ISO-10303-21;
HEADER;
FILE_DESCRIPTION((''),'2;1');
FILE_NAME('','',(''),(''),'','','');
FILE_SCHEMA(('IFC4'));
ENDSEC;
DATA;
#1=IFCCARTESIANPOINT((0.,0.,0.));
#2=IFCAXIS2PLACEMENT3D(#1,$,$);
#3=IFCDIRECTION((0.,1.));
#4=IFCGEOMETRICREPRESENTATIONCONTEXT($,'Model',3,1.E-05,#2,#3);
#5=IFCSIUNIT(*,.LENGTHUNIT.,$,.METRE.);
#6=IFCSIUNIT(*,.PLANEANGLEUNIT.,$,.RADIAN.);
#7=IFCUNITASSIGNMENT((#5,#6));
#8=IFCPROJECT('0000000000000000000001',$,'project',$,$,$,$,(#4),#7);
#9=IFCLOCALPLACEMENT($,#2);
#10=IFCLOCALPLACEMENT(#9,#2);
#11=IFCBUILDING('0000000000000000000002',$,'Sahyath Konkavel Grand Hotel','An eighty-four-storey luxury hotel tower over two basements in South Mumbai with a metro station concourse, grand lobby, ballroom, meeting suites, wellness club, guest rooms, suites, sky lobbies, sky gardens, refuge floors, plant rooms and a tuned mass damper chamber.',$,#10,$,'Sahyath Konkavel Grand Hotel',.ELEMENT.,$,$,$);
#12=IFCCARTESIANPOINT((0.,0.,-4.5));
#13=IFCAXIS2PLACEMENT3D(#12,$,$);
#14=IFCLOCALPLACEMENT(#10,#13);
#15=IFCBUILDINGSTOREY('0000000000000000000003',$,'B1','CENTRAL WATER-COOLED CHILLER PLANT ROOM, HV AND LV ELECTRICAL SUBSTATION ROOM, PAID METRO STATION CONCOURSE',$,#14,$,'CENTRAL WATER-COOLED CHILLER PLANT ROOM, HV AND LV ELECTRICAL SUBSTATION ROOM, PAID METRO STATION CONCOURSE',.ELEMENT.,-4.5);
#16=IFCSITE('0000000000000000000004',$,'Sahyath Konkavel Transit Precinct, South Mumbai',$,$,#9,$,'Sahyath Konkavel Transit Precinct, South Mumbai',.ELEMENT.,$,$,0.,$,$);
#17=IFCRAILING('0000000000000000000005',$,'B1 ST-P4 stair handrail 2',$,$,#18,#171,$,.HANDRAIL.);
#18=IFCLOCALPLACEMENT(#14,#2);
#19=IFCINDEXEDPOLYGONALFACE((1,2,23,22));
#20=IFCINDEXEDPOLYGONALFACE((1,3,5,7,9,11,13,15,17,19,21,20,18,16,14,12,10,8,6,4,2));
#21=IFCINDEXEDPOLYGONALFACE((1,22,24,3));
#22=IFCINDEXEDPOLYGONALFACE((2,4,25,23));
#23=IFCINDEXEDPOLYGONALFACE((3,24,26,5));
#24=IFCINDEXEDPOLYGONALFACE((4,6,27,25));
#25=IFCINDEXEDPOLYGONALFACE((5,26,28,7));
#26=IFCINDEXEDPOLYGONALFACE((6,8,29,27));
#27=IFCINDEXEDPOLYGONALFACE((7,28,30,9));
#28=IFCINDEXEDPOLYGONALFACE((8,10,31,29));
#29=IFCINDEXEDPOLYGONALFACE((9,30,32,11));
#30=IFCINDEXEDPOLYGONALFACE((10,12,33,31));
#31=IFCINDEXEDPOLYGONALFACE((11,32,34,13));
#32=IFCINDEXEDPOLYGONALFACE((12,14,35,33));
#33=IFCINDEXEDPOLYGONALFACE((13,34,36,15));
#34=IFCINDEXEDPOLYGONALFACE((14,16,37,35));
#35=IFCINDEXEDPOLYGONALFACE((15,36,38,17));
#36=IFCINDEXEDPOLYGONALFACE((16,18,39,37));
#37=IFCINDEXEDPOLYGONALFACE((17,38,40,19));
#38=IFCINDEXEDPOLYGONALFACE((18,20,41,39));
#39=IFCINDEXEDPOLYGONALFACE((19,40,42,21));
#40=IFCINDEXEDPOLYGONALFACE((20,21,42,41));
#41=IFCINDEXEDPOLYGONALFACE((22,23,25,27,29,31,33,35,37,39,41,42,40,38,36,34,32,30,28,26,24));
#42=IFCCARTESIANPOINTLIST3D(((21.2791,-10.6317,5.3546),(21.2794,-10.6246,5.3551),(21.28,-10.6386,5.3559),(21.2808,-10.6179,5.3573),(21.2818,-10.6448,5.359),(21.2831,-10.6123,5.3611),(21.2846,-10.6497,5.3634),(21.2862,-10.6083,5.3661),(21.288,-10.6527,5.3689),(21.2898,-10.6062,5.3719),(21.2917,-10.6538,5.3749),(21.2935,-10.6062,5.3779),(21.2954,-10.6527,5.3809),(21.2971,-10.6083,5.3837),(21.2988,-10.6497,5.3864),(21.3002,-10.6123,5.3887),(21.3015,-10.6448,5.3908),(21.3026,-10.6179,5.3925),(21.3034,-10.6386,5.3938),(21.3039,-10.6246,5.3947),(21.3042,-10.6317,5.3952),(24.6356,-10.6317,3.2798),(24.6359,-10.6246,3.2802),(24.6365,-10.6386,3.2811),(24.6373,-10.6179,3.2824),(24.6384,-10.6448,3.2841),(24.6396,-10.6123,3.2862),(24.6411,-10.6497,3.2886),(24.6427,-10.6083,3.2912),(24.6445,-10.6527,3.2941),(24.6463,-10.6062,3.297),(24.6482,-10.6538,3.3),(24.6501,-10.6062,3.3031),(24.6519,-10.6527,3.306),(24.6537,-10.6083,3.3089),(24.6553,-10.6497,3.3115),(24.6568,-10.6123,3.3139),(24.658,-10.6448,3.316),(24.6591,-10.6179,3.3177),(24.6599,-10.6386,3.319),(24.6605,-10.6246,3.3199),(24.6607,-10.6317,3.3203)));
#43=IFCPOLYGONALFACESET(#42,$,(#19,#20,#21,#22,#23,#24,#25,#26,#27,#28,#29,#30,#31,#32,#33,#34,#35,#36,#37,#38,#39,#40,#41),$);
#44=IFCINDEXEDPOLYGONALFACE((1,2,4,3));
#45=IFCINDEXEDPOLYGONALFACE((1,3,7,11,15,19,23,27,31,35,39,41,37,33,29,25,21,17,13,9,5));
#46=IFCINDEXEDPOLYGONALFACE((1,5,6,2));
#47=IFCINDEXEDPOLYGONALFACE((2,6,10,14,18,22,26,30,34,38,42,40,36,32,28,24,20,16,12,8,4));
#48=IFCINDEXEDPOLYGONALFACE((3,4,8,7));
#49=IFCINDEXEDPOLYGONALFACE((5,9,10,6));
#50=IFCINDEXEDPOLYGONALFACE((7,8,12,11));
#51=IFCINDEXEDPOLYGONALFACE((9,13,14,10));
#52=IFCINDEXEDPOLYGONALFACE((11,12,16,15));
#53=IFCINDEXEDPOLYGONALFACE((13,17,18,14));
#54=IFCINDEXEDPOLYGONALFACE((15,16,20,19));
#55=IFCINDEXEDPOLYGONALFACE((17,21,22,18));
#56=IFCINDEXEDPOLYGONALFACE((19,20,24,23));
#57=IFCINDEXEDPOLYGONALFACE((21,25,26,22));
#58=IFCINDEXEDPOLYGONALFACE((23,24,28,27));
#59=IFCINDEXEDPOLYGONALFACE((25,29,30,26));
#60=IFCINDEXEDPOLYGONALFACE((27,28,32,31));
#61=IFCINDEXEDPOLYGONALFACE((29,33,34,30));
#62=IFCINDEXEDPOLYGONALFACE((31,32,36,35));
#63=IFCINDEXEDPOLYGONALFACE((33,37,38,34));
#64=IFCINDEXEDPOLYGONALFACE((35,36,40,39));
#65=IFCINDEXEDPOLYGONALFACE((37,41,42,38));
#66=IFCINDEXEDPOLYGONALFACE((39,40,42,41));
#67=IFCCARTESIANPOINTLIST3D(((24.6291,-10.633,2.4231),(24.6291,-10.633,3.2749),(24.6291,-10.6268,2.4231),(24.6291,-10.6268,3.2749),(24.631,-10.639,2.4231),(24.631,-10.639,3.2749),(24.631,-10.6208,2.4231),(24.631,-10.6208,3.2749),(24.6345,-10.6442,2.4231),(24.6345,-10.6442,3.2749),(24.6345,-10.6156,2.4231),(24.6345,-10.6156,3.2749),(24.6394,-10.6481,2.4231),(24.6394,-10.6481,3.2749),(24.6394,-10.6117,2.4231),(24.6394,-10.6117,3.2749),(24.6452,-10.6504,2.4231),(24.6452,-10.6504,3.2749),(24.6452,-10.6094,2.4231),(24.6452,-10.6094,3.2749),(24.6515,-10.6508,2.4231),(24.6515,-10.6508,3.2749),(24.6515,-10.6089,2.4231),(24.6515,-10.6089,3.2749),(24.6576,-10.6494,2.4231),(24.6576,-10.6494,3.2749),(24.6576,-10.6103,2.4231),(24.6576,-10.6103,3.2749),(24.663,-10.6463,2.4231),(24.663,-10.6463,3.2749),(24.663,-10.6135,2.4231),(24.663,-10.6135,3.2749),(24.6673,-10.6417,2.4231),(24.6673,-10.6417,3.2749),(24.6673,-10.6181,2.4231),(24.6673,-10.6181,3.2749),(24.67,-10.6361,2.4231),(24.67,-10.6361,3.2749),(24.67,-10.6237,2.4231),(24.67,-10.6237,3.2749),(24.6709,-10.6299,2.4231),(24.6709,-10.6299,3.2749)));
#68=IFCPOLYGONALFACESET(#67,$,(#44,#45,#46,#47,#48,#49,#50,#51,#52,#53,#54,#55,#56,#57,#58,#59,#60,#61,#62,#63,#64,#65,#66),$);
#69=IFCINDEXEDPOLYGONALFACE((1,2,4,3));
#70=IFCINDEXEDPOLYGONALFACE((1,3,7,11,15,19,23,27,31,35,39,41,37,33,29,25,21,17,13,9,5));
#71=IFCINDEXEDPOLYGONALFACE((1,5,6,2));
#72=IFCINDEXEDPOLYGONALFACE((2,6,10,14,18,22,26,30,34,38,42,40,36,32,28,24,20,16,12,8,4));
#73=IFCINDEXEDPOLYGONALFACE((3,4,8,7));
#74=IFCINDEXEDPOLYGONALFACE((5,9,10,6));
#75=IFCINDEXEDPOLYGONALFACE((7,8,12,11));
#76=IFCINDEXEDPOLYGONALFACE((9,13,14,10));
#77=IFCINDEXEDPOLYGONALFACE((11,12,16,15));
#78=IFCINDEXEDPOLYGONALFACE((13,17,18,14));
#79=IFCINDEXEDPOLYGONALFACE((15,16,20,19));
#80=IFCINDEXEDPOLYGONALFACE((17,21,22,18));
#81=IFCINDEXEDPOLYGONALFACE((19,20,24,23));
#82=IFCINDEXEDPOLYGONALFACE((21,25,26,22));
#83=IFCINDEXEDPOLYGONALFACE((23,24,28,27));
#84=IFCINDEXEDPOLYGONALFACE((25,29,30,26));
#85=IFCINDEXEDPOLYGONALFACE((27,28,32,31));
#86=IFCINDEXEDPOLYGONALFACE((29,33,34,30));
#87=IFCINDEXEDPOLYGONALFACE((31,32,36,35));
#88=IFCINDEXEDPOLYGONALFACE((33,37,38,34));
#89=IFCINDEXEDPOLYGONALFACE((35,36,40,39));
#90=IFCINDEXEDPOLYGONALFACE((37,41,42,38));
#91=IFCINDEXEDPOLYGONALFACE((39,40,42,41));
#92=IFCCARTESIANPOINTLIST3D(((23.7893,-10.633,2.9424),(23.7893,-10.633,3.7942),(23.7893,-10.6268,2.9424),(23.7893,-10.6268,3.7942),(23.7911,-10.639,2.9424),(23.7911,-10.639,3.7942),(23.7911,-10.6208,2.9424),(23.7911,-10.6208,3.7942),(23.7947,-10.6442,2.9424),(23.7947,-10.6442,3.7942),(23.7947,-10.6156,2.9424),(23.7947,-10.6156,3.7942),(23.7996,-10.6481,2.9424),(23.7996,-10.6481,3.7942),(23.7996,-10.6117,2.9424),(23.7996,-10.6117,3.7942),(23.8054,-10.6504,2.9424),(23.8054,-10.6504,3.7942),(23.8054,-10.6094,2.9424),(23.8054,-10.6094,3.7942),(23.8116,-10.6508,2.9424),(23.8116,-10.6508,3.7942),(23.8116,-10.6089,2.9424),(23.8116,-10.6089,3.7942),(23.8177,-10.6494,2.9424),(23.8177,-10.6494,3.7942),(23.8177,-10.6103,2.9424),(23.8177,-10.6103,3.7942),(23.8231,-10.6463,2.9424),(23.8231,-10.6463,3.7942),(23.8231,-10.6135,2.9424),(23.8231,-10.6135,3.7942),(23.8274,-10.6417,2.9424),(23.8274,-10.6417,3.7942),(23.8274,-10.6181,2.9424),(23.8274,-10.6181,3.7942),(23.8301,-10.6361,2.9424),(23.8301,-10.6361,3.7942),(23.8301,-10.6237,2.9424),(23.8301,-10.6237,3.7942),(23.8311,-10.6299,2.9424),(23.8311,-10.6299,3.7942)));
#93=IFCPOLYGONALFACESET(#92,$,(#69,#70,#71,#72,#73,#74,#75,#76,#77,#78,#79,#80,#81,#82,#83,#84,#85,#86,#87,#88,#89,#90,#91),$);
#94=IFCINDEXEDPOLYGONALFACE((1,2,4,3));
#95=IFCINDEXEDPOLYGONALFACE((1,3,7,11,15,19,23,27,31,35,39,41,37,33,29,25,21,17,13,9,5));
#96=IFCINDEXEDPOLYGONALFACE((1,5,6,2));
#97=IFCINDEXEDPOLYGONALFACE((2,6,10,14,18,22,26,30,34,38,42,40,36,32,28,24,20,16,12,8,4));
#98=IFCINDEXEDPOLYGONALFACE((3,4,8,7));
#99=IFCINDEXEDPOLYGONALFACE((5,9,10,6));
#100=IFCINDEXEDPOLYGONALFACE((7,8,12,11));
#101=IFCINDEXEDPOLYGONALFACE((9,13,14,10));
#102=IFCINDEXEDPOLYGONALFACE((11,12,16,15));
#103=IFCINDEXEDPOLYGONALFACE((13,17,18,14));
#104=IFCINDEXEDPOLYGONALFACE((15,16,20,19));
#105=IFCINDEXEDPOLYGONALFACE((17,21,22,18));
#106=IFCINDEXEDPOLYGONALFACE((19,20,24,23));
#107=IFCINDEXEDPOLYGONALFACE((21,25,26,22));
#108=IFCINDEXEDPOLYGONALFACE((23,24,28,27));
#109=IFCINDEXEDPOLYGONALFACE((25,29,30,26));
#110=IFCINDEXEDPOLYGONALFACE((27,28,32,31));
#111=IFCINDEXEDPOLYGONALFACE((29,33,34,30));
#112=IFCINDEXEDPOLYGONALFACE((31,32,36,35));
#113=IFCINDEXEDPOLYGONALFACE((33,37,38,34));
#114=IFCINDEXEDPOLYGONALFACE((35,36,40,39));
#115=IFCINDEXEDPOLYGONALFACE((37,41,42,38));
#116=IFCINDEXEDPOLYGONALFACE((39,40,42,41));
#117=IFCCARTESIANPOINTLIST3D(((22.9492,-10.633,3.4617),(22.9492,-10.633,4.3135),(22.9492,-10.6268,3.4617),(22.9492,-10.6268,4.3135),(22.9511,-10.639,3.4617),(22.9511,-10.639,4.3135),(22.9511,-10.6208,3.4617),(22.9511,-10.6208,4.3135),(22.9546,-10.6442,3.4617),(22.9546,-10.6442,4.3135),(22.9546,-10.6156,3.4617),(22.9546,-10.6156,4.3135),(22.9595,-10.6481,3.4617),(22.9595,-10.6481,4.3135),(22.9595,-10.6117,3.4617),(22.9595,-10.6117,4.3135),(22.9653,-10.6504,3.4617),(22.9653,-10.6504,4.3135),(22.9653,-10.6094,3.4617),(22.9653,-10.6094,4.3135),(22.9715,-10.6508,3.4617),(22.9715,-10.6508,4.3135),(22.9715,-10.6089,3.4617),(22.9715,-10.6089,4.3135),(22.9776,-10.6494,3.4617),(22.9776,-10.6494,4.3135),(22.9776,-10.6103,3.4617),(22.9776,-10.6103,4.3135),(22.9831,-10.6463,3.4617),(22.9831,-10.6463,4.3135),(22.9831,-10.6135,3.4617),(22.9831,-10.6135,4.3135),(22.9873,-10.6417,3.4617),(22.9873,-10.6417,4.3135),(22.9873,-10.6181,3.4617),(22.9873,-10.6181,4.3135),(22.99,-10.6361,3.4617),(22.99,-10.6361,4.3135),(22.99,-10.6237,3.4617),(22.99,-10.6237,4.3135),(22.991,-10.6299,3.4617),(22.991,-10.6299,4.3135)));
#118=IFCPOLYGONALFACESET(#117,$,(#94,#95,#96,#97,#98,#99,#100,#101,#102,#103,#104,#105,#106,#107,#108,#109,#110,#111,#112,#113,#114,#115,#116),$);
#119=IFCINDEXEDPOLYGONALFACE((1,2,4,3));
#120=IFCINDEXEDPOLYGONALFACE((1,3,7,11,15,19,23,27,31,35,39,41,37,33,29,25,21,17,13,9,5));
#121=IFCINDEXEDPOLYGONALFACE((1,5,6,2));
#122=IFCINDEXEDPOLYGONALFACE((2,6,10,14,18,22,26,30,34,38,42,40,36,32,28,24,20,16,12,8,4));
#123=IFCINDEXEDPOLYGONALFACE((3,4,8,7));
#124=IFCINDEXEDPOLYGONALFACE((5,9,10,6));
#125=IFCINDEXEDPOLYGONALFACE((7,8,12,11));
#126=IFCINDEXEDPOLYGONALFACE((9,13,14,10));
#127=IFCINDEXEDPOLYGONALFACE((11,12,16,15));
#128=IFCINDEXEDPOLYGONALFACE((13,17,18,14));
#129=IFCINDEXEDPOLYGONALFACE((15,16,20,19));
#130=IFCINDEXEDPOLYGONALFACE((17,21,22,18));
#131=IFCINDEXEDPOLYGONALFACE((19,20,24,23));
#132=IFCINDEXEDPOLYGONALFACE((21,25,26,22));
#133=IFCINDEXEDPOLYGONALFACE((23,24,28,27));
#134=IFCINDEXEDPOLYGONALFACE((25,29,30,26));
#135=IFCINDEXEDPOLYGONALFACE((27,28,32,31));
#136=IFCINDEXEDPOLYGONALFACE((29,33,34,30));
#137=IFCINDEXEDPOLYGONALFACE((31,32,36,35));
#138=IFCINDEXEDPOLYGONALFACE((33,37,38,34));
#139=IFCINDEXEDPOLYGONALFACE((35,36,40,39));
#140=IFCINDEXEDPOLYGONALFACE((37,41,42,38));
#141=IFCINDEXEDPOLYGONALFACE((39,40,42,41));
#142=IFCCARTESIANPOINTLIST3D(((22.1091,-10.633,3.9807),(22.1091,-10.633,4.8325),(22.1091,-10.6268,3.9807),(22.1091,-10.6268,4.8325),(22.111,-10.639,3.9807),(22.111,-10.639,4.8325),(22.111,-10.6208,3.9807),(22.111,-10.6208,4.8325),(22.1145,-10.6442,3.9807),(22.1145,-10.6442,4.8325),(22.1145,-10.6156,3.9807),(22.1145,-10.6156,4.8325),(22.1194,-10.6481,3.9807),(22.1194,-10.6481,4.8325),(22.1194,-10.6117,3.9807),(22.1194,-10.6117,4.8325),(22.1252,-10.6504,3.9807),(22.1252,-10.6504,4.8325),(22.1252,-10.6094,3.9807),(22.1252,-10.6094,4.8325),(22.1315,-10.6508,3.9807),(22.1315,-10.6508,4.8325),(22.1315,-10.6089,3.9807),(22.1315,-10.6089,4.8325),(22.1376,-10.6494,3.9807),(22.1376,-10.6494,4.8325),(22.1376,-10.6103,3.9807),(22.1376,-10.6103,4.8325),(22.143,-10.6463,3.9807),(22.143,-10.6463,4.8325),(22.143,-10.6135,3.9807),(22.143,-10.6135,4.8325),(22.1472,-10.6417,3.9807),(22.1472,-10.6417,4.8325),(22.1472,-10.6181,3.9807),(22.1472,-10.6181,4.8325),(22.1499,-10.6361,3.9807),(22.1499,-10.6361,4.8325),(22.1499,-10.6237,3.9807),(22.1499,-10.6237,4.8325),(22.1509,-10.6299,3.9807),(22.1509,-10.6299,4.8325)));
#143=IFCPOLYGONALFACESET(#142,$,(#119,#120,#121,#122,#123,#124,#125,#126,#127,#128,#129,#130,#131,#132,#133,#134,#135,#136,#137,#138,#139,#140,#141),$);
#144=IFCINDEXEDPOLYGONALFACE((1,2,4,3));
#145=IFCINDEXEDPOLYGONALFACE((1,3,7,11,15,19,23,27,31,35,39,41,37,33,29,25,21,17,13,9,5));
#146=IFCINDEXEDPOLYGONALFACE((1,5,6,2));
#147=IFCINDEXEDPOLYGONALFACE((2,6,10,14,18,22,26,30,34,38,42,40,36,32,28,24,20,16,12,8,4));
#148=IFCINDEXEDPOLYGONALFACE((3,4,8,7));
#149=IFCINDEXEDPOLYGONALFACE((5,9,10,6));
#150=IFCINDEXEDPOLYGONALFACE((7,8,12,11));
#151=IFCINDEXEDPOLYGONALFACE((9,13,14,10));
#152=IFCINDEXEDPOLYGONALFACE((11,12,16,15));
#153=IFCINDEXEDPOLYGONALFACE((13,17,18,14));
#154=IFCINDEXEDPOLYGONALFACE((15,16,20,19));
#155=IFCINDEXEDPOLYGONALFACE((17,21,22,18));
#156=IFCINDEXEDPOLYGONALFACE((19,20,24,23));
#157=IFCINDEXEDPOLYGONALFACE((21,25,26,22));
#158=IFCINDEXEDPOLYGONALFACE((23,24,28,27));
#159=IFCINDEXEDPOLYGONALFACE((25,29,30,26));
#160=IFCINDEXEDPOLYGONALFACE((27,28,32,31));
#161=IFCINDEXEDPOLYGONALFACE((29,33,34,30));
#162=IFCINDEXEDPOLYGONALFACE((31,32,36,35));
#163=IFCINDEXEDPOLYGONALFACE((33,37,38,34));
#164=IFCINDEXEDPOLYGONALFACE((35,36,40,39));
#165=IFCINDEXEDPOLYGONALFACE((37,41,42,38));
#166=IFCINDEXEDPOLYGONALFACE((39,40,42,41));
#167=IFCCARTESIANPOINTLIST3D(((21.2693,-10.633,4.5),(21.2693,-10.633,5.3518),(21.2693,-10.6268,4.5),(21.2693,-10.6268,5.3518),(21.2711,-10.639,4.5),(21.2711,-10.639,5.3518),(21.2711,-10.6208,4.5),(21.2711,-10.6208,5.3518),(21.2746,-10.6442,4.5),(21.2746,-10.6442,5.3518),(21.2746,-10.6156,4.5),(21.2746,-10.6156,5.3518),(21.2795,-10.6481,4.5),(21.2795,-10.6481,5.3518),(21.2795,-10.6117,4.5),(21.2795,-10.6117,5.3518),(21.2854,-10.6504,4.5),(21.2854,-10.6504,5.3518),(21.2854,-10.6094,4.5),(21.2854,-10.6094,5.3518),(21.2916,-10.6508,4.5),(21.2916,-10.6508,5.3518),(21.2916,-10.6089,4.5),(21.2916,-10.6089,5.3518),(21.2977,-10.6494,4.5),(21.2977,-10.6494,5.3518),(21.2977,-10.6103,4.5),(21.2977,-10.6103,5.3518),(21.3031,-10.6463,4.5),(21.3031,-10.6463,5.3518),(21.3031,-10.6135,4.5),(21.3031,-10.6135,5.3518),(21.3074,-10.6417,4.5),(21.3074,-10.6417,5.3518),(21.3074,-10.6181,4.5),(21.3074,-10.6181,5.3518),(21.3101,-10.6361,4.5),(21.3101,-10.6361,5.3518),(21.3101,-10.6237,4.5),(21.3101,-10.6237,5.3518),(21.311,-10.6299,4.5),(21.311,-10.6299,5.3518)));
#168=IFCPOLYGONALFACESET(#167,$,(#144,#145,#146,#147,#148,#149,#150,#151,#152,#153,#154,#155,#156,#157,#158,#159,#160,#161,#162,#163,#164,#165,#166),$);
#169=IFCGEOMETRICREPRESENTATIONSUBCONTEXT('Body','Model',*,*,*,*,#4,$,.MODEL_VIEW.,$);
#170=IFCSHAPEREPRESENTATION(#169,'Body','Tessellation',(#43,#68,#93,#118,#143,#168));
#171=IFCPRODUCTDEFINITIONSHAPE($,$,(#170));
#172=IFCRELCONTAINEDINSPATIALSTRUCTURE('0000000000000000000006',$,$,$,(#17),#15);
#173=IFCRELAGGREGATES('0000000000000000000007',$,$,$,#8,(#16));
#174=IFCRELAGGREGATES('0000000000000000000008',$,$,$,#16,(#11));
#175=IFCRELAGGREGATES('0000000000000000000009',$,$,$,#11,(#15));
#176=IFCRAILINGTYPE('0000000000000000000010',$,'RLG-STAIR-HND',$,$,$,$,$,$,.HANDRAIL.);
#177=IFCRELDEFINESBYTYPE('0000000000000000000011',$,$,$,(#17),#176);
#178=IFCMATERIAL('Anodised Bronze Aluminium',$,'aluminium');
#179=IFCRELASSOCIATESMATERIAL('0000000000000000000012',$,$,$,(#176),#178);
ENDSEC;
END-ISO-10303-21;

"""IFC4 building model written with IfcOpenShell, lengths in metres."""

from ifc_helpers import new_model, si_unit, direction, frame, origin, origin_2d, place, context, subcontext, project, spatial, circle, extrude, material, type_object, element, save


model = new_model("IFC4")

# Units and contexts
model_context = context("Model", 3, precision=1e-05, world=origin(), true_north=direction((0.0, 1.0)))
body_context = subcontext(model_context, "Body", "Model", "MODEL_VIEW")
ifc_project = project(units=[si_unit("LENGTHUNIT", "METRE"), si_unit("PLANEANGLEUNIT", "RADIAN")], contexts=[model_context])

# Site, building, storey
site_placement = place(None, origin())
site = spatial("IfcSite", under=ifc_project, at=site_placement, Name="Sahyath Konkavel Transit Precinct, South Mumbai", LongName="Sahyath Konkavel Transit Precinct, South Mumbai", CompositionType="ELEMENT", RefElevation=0.0)
building_placement = place(site_placement, origin())
building = spatial("IfcBuilding", under=site, at=building_placement, Name="Sahyath Konkavel Grand Hotel", Description="An eighty-four-storey luxury hotel tower over two basements in South Mumbai with a metro station concourse, grand lobby, ballroom, meeting suites, wellness club, guest rooms, suites, sky lobbies, sky gardens, refuge floors, plant rooms and a tuned mass damper chamber.", LongName="Sahyath Konkavel Grand Hotel", CompositionType="ELEMENT")
storey_placement = place(building_placement, frame((0.0, 0.0, -4.5)))
storey = spatial("IfcBuildingStorey", under=building, at=storey_placement, Name="B1", Description="CENTRAL WATER-COOLED CHILLER PLANT ROOM, HV AND LV ELECTRICAL SUBSTATION ROOM, PAID METRO STATION CONCOURSE", LongName="CENTRAL WATER-COOLED CHILLER PLANT ROOM, HV AND LV ELECTRICAL SUBSTATION ROOM, PAID METRO STATION CONCOURSE", CompositionType="ELEMENT", Elevation=-4.5)

# Railing
ifc_material_1 = material(Name="Anodised Bronze Aluminium", Category="aluminium")
railing_type_1 = type_object("IfcRailingType", Name="RLG-STAIR-HND", PredefinedType="HANDRAIL", material=ifc_material_1)
railing_1_placement = place(storey_placement, frame((24.6499, -10.6299, 2.4231)))
element("IfcRailing", 1, at=railing_1_placement, inside=storey, type_object=railing_type_1, Name="B1 ST-P4 stair handrail 2", PredefinedType="HANDRAIL", context=body_context, shape_type="SweptSolid", body=[
    extrude(circle(Radius=0.0239, at=origin_2d()), frame((-0.0017, 0.0, 0.877), z_axis=(-0.850606, 0.0, 0.525803), x_axis=(0.0, -1.0, 0.0)), (0.0, 0.0, 1.0), 3.946),
    extrude(circle(Radius=0.021, at=origin_2d()), origin(), (0.0, 0.0, 1.0), 0.8518),
    extrude(circle(Radius=0.021, at=origin_2d()), frame((-0.8398, 0.0, 0.5193)), (0.0, 0.0, 1.0), 0.8518),
    extrude(circle(Radius=0.021, at=origin_2d()), frame((-1.6799, 0.0, 1.0386)), (0.0, 0.0, 1.0), 0.8518),
    extrude(circle(Radius=0.021, at=origin_2d()), frame((-2.52, 0.0, 1.5576)), (0.0, 0.0, 1.0), 0.8518),
    extrude(circle(Radius=0.021, at=origin_2d()), frame((-3.3599, 0.0, 2.0769)), (0.0, 0.0, 1.0), 0.8518),
])

save(model, "model.ifc")
